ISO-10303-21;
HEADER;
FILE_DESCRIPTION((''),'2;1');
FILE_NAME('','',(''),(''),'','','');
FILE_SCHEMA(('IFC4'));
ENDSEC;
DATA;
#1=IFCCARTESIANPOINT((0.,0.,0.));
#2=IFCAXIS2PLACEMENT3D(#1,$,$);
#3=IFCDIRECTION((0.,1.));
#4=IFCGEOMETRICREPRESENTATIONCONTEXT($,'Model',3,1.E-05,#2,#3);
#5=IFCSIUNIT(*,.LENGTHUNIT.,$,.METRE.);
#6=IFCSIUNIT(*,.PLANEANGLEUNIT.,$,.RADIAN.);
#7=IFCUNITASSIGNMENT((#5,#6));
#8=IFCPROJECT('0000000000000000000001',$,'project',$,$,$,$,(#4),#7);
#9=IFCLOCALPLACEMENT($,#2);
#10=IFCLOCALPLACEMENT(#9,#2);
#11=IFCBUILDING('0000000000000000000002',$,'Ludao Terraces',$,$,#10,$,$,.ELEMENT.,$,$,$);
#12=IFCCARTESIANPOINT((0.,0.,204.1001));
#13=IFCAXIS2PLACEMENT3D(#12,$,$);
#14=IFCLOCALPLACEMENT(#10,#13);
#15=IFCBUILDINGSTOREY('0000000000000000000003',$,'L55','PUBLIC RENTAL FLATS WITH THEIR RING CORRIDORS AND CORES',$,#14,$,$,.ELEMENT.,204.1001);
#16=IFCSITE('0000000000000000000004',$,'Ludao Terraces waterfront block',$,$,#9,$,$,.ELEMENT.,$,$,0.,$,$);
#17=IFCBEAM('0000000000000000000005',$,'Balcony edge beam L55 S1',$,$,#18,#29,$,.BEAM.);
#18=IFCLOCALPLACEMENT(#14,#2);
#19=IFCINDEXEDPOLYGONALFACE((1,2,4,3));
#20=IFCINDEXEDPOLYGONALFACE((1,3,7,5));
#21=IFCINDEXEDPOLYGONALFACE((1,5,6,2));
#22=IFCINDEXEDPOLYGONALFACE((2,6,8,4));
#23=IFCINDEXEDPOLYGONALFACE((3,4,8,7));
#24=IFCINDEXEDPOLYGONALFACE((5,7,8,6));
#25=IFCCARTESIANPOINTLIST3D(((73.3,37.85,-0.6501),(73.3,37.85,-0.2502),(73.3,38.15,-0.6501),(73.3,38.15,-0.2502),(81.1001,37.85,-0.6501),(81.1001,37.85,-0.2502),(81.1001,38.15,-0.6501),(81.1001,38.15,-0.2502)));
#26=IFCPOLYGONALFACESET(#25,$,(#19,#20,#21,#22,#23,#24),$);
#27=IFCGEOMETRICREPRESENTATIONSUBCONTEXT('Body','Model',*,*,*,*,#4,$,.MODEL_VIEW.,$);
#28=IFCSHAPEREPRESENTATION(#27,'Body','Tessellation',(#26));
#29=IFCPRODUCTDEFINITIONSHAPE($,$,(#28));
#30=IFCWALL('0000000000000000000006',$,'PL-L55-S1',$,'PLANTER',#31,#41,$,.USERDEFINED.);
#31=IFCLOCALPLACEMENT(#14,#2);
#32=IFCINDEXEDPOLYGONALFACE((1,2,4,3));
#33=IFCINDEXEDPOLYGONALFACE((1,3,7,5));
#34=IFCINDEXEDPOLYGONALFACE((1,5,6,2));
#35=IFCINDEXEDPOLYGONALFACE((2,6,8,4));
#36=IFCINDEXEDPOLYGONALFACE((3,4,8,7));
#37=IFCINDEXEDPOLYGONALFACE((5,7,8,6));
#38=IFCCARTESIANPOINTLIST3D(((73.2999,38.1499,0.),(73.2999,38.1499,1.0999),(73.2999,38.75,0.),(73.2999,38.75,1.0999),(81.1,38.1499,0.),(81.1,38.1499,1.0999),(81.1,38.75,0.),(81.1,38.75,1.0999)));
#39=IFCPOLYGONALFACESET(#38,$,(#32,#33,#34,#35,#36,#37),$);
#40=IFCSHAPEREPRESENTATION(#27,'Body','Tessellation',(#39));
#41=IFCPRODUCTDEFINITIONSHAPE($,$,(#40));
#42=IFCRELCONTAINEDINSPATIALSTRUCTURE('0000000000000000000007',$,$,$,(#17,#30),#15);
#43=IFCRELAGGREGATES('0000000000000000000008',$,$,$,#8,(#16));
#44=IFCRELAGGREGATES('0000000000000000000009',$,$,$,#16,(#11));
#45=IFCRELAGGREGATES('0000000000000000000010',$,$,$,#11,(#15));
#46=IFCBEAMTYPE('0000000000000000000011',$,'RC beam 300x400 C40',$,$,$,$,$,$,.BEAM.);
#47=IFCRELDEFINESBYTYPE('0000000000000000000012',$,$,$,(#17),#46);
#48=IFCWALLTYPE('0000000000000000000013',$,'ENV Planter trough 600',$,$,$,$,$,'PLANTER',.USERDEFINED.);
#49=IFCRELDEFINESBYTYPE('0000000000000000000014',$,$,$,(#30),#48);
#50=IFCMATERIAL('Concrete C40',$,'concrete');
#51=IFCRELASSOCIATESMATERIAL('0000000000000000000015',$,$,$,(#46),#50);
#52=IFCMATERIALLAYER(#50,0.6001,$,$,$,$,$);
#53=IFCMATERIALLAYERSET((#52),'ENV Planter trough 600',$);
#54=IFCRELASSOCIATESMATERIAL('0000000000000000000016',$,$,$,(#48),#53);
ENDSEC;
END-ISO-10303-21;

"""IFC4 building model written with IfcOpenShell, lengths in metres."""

from ifc_helpers import new_model, si_unit, direction, frame, frame_2d, origin, origin_2d, place, context, subcontext, project, spatial, rectangle, extrude, material, layer, layer_set, material_profile, profile_set, type_object, element, save


model = new_model("IFC4")

# Units and contexts
model_context = context("Model", 3, precision=1e-05, world=origin(), true_north=direction((0.0, 1.0)))
body_context = subcontext(model_context, "Body", "Model", "MODEL_VIEW")
ifc_project = project(units=[si_unit("LENGTHUNIT", "METRE"), si_unit("PLANEANGLEUNIT", "RADIAN")], contexts=[model_context])

# Site, building, storey
site_placement = place(None, origin())
site = spatial("IfcSite", under=ifc_project, at=site_placement, Name="Ludao Terraces waterfront block", CompositionType="ELEMENT", RefElevation=0.0)
building_placement = place(site_placement, origin())
building = spatial("IfcBuilding", under=site, at=building_placement, Name="Ludao Terraces", CompositionType="ELEMENT")
storey_placement = place(building_placement, frame((0.0, 0.0, 204.1001)))
storey = spatial("IfcBuildingStorey", under=building, at=storey_placement, Name="L55", Description="PUBLIC RENTAL FLATS WITH THEIR RING CORRIDORS AND CORES", CompositionType="ELEMENT", Elevation=204.1001)

# Beam
ifc_material_1 = material(Name="Concrete C40", Category="concrete")
ifc_material_profile = material_profile(ifc_material_1, rectangle(XDim=0.3, YDim=0.3999, at=origin_2d()), Name="300 X 400")
ifc_profile_set = profile_set([ifc_material_profile], Name="Concrete C40")
beam_type = type_object("IfcBeamType", Name="RC beam 300x400 C40", PredefinedType="BEAM", material=ifc_profile_set)
beam_placement = place(storey_placement, frame((73.3, 38.0, -0.4502), z_axis=(1.0, 0.0, 0.0), x_axis=(0.0, 1.0, 0.0)))
element("IfcBeam", 1, at=beam_placement, inside=storey, type_object=beam_type, Name="Balcony edge beam L55 S1", PredefinedType="BEAM", context=body_context, shape_type="SweptSolid", body=[
    extrude(rectangle(XDim=0.3, YDim=0.3999, at=origin_2d()), origin(), (0.0, 0.0, 1.0), 7.8),
])

# Wall
ifc_layer_1 = layer(ifc_material_1, 0.6001)
ifc_layer_set_1 = layer_set([ifc_layer_1], Name="ENV Planter trough 600")
wall_type_1 = type_object("IfcWallType", Name="ENV Planter trough 600", ElementType="PLANTER", PredefinedType="USERDEFINED", material=ifc_layer_set_1)
wall_1_placement = place(storey_placement, frame((73.3, 38.45, 0.0), z_axis=(0.0, 0.0, 1.0), x_axis=(1.0, 0.0, 0.0)))
element("IfcWall", 2, at=wall_1_placement, inside=storey, type_object=wall_type_1, Name="PL-L55-S1", ObjectType="PLANTER", PredefinedType="USERDEFINED", context=body_context, shape_type="SweptSolid", body=[
    extrude(rectangle(XDim=7.8, YDim=0.6001, at=frame_2d((3.8999, 0.0))), origin(), (0.0, 0.0, 1.0), 1.0999),
])

save(model, "model.ifc")
